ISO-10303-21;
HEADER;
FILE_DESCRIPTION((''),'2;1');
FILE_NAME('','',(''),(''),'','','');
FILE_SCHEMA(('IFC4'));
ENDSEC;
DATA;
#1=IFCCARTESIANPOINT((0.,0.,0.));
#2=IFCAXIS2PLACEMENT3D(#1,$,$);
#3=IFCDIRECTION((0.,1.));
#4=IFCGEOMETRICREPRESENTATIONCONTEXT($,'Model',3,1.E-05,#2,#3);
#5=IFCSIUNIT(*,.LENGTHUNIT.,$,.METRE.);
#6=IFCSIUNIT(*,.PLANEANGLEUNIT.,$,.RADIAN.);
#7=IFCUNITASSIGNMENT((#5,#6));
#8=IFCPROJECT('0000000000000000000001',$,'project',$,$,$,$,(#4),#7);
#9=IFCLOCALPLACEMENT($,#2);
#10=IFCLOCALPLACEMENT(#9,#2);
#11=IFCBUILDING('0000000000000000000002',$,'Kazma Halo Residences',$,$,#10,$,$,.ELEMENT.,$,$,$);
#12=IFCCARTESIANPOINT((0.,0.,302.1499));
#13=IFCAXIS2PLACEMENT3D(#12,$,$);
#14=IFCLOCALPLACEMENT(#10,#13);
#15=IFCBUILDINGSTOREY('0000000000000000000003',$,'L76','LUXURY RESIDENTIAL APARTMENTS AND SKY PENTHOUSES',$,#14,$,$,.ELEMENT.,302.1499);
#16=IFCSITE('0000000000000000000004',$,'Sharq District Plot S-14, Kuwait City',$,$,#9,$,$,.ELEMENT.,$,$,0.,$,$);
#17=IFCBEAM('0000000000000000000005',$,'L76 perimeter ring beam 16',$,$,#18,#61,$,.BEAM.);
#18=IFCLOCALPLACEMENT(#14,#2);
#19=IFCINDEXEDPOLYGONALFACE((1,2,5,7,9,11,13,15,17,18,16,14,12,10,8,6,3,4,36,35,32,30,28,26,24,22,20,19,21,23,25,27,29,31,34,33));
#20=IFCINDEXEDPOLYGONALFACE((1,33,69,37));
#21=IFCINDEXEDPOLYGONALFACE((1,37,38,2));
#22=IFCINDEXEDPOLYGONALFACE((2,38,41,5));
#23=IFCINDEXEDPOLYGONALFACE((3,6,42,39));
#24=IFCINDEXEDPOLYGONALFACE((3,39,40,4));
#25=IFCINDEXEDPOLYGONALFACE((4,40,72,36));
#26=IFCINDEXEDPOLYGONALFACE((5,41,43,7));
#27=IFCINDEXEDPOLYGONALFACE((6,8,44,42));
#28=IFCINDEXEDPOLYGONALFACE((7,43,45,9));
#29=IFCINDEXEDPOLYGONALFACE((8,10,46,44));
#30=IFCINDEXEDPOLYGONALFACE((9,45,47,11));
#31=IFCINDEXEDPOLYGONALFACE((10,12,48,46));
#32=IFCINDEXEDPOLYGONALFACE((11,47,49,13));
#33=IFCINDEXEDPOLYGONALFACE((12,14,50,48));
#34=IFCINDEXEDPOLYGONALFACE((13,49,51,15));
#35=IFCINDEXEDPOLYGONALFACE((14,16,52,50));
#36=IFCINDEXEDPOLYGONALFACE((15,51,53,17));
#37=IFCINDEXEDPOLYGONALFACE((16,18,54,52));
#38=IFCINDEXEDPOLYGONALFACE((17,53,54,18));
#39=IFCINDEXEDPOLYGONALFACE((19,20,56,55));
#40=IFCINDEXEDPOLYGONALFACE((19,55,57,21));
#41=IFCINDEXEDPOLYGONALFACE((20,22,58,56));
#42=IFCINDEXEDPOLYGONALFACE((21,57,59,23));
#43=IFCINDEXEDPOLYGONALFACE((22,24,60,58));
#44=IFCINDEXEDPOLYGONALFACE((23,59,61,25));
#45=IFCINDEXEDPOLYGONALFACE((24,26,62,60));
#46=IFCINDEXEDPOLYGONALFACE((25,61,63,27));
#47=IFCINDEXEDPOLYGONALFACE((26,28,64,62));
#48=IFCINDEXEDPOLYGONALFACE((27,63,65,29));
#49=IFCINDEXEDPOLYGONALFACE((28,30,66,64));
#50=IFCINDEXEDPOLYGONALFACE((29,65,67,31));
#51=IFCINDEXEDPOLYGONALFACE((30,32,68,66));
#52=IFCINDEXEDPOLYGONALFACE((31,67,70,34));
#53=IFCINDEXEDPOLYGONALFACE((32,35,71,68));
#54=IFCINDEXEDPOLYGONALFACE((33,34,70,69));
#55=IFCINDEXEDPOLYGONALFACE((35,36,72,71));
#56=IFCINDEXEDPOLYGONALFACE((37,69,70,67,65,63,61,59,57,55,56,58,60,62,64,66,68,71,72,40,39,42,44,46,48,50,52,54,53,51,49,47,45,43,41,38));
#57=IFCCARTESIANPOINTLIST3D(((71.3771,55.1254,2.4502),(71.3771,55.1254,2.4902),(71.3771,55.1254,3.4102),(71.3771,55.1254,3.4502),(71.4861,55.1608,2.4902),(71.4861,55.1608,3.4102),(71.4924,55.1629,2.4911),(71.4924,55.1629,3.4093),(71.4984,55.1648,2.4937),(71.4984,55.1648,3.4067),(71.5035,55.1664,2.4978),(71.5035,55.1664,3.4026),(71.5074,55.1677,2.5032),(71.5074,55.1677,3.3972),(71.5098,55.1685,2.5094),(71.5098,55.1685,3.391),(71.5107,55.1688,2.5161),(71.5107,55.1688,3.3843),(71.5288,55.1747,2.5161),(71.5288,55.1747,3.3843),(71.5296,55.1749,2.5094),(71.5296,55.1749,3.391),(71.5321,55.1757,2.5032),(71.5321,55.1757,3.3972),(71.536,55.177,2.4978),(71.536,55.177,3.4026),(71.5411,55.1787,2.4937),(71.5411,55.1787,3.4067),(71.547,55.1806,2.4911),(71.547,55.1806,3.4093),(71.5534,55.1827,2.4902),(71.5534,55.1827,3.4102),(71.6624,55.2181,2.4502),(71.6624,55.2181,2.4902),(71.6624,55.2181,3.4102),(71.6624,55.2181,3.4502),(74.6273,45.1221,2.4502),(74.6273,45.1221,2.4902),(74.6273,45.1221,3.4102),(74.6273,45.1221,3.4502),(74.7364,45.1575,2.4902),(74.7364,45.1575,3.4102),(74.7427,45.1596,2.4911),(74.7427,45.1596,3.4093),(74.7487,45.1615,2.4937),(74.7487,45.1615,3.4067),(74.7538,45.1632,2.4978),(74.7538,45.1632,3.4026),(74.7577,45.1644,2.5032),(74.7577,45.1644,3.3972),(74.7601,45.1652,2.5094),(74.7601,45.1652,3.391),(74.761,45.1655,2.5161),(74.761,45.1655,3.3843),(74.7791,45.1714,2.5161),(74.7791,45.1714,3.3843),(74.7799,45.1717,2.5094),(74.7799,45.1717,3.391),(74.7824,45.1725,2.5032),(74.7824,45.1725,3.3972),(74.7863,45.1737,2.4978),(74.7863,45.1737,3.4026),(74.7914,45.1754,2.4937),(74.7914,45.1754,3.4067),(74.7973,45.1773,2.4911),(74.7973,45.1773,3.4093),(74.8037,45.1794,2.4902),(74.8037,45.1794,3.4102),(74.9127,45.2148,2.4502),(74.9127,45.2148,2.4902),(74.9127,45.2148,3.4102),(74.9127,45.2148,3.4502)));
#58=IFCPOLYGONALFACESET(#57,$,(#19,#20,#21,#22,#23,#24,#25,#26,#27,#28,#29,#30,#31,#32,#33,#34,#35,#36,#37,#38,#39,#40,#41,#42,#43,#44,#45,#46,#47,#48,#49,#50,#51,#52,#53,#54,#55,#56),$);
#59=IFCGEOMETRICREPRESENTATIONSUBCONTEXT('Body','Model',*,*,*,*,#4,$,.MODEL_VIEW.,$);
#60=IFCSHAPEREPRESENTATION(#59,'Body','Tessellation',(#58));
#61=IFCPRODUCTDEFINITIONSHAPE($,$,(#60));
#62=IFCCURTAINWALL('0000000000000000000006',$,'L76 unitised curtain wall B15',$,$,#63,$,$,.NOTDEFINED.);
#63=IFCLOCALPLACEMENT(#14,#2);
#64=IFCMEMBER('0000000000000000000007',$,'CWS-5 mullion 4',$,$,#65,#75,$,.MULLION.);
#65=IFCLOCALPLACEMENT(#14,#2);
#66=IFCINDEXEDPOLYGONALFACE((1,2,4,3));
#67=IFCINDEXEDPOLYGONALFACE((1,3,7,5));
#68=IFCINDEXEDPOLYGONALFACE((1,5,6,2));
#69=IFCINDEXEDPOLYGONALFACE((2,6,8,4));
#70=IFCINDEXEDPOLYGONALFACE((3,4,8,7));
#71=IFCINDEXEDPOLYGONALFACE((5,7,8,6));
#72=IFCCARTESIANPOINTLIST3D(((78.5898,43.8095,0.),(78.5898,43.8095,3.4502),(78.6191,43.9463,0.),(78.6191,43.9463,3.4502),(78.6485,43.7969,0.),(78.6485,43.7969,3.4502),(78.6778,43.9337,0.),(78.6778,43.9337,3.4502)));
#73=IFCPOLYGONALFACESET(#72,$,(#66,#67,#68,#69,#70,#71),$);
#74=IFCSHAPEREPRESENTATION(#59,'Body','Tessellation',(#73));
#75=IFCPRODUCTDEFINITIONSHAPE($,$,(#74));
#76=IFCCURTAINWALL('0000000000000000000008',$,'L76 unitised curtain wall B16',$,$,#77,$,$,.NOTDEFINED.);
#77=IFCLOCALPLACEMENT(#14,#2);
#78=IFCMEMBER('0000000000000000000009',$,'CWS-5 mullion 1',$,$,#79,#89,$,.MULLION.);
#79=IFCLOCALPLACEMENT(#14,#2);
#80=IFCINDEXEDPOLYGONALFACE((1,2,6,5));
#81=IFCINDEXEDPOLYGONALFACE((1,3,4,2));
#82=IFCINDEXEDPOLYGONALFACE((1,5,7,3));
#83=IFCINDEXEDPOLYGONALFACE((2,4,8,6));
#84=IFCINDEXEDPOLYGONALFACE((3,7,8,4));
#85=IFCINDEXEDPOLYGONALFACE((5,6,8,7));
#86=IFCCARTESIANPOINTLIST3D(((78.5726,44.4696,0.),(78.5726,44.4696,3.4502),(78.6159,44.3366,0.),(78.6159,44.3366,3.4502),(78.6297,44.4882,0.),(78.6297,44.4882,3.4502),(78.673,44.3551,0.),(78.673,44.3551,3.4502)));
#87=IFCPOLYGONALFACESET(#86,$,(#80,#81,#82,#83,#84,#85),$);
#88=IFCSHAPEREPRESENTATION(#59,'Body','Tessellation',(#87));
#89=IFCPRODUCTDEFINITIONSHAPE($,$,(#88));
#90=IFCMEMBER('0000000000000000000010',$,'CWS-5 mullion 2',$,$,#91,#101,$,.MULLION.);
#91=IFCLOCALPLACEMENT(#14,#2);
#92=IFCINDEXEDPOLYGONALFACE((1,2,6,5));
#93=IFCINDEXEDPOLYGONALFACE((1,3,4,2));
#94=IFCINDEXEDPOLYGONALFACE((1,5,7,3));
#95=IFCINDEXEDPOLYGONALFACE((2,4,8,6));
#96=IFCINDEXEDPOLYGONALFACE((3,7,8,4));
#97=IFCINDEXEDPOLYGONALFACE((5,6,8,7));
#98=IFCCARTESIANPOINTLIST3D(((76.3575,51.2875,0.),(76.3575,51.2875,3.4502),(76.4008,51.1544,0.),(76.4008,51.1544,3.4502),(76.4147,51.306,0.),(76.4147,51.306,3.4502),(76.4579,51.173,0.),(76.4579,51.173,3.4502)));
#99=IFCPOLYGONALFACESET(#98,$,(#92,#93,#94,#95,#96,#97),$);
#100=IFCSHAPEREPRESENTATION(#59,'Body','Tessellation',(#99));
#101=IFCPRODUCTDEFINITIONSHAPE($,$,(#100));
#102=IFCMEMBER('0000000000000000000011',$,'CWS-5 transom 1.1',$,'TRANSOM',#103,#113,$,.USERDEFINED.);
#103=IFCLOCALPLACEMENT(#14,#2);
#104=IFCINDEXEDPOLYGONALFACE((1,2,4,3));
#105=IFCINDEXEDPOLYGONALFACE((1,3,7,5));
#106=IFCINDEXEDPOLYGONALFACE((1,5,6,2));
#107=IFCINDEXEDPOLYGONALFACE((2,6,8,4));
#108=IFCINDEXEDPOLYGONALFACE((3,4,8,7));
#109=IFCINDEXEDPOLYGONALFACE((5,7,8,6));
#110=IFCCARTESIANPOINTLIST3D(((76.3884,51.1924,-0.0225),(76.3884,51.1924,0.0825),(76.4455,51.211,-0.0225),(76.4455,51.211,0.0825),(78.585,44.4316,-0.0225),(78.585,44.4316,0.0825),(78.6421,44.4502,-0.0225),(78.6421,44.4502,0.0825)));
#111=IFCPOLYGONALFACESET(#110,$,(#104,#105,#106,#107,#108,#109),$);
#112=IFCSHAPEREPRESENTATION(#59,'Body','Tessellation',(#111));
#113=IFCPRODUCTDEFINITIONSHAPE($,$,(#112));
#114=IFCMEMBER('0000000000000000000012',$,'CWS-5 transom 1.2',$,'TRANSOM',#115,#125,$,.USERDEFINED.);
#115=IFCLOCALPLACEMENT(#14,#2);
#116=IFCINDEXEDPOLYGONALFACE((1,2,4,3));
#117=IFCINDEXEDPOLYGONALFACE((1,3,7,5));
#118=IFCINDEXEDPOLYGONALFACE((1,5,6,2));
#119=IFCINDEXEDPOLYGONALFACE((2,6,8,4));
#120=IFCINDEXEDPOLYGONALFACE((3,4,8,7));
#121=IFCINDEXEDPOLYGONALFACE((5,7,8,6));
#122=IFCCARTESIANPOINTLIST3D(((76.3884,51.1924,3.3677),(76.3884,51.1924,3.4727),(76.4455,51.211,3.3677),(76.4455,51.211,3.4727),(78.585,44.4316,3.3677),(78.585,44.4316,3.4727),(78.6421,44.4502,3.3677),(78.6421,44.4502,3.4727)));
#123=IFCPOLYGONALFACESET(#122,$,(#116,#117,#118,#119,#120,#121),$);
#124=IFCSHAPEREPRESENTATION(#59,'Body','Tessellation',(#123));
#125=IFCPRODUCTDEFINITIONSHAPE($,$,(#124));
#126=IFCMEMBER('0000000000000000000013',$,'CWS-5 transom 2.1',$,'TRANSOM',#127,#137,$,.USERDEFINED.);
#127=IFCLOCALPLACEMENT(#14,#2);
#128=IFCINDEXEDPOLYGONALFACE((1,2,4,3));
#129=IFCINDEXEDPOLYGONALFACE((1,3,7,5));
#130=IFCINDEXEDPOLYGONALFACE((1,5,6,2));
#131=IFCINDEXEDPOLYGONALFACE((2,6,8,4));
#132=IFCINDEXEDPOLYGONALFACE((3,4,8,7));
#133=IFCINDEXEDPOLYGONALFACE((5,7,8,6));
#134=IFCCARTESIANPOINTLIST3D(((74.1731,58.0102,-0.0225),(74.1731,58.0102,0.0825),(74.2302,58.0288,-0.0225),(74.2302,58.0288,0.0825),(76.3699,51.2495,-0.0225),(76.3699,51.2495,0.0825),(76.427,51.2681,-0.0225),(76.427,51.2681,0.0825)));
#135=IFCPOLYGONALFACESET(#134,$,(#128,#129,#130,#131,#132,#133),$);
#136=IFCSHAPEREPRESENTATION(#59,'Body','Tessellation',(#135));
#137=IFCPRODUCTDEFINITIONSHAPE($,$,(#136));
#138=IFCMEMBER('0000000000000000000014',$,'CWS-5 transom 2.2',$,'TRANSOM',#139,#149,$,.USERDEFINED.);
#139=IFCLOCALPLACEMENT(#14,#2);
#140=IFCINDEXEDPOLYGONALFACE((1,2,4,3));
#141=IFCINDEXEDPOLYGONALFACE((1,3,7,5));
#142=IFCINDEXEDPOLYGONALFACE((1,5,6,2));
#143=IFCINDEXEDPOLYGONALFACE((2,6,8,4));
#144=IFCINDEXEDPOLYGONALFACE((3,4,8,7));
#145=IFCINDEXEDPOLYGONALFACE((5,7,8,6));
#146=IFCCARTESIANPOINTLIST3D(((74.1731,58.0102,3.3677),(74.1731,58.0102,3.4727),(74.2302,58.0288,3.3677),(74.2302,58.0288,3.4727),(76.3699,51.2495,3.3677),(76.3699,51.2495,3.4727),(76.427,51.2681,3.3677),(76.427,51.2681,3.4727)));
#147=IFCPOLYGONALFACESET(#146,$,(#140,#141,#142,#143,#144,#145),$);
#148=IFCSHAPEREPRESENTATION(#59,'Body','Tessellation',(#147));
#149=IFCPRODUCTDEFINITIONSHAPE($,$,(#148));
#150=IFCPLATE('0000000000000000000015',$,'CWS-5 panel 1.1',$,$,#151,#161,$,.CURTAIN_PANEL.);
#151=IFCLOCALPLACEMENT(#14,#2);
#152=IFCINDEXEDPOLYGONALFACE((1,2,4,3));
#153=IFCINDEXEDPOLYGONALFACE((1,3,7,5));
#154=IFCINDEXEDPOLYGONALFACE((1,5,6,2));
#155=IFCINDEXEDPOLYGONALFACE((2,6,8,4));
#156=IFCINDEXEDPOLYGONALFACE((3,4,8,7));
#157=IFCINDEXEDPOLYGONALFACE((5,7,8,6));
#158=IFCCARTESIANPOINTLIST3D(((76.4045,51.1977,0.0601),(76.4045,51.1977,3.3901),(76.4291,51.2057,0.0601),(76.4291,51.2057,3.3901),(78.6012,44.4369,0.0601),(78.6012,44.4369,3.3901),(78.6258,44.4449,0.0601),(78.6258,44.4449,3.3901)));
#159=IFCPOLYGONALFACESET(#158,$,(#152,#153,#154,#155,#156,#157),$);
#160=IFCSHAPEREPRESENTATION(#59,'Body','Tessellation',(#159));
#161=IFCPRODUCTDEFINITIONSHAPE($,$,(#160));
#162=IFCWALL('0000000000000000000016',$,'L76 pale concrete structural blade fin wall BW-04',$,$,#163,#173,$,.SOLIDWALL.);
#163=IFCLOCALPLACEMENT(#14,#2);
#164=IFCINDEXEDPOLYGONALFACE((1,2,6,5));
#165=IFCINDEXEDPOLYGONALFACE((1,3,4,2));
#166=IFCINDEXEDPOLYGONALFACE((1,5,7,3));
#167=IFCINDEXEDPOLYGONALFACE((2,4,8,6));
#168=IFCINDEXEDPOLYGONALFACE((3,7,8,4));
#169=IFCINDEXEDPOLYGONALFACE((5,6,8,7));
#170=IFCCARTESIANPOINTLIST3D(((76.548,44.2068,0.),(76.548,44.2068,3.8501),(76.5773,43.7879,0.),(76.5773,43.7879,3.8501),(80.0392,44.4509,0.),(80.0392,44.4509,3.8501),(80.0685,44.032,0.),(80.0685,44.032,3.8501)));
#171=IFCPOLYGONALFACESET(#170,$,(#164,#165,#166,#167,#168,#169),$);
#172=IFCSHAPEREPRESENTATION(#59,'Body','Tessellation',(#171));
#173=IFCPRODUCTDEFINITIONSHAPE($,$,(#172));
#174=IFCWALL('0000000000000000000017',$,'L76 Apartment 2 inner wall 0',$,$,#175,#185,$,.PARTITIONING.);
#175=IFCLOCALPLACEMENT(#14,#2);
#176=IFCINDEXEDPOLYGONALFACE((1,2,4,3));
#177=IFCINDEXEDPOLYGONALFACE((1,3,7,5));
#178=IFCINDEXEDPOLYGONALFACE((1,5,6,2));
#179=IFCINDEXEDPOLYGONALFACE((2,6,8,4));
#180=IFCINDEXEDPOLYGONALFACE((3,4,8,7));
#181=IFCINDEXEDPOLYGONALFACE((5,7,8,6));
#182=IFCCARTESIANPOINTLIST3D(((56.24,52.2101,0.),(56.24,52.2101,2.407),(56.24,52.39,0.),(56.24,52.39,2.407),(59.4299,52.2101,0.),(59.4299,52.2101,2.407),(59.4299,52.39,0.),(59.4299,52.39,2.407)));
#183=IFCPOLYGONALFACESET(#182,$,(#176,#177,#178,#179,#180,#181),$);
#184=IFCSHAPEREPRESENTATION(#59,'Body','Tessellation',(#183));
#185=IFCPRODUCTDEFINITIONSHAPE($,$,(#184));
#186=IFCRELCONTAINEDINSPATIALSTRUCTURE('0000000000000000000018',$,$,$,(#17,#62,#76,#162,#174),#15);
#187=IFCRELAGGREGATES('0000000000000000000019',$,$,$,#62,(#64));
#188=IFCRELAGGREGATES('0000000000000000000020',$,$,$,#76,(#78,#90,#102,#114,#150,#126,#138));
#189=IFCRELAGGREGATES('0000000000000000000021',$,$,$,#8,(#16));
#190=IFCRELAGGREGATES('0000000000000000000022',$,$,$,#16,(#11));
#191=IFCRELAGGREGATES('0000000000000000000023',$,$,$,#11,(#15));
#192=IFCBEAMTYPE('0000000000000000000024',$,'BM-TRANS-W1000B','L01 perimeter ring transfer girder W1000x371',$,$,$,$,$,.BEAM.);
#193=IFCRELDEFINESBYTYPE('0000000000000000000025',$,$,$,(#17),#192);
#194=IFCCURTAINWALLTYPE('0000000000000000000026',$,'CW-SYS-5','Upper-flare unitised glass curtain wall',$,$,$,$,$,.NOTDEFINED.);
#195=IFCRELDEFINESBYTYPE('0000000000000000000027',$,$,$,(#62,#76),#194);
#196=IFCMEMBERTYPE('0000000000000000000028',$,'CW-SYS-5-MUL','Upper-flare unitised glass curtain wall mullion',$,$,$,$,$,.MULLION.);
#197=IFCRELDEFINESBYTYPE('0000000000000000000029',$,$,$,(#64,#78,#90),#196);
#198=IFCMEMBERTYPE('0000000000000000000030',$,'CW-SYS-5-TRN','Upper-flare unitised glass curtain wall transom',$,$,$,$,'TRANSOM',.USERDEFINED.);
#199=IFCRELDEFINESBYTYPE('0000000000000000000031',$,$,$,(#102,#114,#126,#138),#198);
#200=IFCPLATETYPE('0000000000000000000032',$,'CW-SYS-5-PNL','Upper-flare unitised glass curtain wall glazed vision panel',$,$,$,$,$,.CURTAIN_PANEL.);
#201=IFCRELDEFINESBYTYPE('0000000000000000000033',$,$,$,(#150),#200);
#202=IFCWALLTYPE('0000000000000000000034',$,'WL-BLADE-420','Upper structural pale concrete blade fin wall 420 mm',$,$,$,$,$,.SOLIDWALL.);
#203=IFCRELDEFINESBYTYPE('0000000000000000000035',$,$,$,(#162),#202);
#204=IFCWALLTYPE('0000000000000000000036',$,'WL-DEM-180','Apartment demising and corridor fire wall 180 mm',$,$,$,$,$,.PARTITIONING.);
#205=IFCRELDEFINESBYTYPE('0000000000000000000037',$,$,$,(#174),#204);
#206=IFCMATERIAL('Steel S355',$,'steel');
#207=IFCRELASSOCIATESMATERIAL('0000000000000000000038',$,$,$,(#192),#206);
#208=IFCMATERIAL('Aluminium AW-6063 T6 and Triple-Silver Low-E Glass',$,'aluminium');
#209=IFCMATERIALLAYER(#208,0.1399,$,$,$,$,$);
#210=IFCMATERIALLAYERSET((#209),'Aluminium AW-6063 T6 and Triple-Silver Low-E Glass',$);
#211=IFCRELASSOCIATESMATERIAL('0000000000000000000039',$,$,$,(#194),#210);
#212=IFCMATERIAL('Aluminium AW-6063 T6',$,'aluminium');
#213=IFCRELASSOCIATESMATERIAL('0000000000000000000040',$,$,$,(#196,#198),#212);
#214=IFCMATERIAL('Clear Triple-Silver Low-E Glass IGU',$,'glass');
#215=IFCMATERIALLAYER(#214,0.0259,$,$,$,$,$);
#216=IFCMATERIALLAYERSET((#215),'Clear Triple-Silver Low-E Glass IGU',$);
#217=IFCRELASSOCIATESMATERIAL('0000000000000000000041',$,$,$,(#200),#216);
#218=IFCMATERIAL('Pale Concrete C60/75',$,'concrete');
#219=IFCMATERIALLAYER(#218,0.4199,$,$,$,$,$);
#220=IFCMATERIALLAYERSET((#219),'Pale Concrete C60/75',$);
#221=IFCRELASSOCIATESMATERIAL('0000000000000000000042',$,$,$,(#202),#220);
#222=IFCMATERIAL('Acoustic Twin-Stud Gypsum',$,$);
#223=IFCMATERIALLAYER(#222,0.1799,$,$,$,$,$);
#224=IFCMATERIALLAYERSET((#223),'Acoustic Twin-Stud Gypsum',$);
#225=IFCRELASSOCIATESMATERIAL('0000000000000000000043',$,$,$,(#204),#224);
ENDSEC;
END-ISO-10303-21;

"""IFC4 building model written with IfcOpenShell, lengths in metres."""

from ifc_helpers import new_model, si_unit, direction, frame, frame_2d, origin, origin_2d, place, context, subcontext, project, spatial, rectangle, i_section, extrude, material, layer, layer_set, material_profile, profile_set, type_object, element, aggregate, save


model = new_model("IFC4")

# Units and contexts
model_context = context("Model", 3, precision=1e-05, world=origin(), true_north=direction((0.0, 1.0)))
body_context = subcontext(model_context, "Body", "Model", "MODEL_VIEW")
ifc_project = project(units=[si_unit("LENGTHUNIT", "METRE"), si_unit("PLANEANGLEUNIT", "RADIAN")], contexts=[model_context])

# Site, building, storey
site_placement = place(None, origin())
site = spatial("IfcSite", under=ifc_project, at=site_placement, Name="Sharq District Plot S-14, Kuwait City", CompositionType="ELEMENT", RefElevation=0.0)
building_placement = place(site_placement, origin())
building = spatial("IfcBuilding", under=site, at=building_placement, Name="Kazma Halo Residences", CompositionType="ELEMENT")
storey_placement = place(building_placement, frame((0.0, 0.0, 302.1499)))
storey = spatial("IfcBuildingStorey", under=building, at=storey_placement, Name="L76", Description="LUXURY RESIDENTIAL APARTMENTS AND SKY PENTHOUSES", CompositionType="ELEMENT", Elevation=302.1499)

# Beam
ifc_material_1 = material(Name="Steel S355", Category="steel")
ifc_material_profile_1 = material_profile(ifc_material_1, i_section(OverallWidth=0.3, OverallDepth=1.0, WebThickness=0.019, FlangeThickness=0.04, FilletRadius=0.0259, at=origin_2d()), Name="W1000x371")
ifc_profile_set_1 = profile_set([ifc_material_profile_1], Name="Steel S355")
beam_type_1 = type_object("IfcBeamType", Name="BM-TRANS-W1000B", Description="L01 perimeter ring transfer girder W1000x371", PredefinedType="BEAM", material=ifc_profile_set_1)
beam_1_placement = place(storey_placement, frame((74.77, 45.1685, 2.9502), z_axis=(-0.309018, 0.951056, 0.0), x_axis=(-0.951056, -0.309018, 0.0)))
element("IfcBeam", 1, at=beam_1_placement, inside=storey, type_object=beam_type_1, Name="L76 perimeter ring beam 16", PredefinedType="BEAM", context=body_context, shape_type="SweptSolid", body=[
    extrude(i_section(OverallWidth=0.3, OverallDepth=1.0, WebThickness=0.019, FlangeThickness=0.04, FilletRadius=0.0259, at=origin_2d()), origin(), (0.0, 0.0, 1.0), 10.5181),
])

# Curtain wall, member
ifc_material_2 = material(Name="Aluminium AW-6063 T6 and Triple-Silver Low-E Glass", Category="aluminium")
ifc_layer_1 = layer(ifc_material_2, 0.1399)
ifc_layer_set_1 = layer_set([ifc_layer_1], Name="Aluminium AW-6063 T6 and Triple-Silver Low-E Glass")
curtain_wall_type = type_object("IfcCurtainWallType", Name="CW-SYS-5", Description="Upper-flare unitised glass curtain wall", PredefinedType="NOTDEFINED", material=ifc_layer_set_1)
curtain_wall_1_placement = place(storey_placement, origin())
curtain_wall_1 = element("IfcCurtainWall", 2, at=curtain_wall_1_placement, inside=storey, type_object=curtain_wall_type, Name="L76 unitised curtain wall B15", PredefinedType="NOTDEFINED")
ifc_material_3 = material(Name="Aluminium AW-6063 T6", Category="aluminium")
ifc_material_profile_2 = material_profile(ifc_material_3, rectangle(XDim=0.0601, YDim=0.1399, at=origin_2d()), Name="CWM-60x140")
ifc_profile_set_2 = profile_set([ifc_material_profile_2], Name="Aluminium AW-6063 T6")
member_type_1 = type_object("IfcMemberType", Name="CW-SYS-5-MUL", Description="Upper-flare unitised glass curtain wall mullion", PredefinedType="MULLION", material=ifc_profile_set_2)
member_1_placement = place(storey_placement, frame((78.6338, 43.8716, 0.0), z_axis=(0.0, 0.0, 1.0), x_axis=(-0.977775, 0.209657, 0.0)))
member_1 = element("IfcMember", 3, at=member_1_placement, type_object=member_type_1, Name="CWS-5 mullion 4", PredefinedType="MULLION", context=body_context, shape_type="SweptSolid", body=[
    extrude(rectangle(XDim=0.0601, YDim=0.1399, at=origin_2d()), origin(), (0.0, 0.0, 1.0), 3.4502),
])
aggregate(curtain_wall_1, [member_1])

# Curtain wall, members, plate
curtain_wall_2_placement = place(storey_placement, origin())
curtain_wall_2 = element("IfcCurtainWall", 4, at=curtain_wall_2_placement, inside=storey, type_object=curtain_wall_type, Name="L76 unitised curtain wall B16", PredefinedType="NOTDEFINED")
member_2_placement = place(storey_placement, frame((78.6228, 44.4124, 0.0), z_axis=(0.0, 0.0, 1.0), x_axis=(-0.951058, -0.309011, 0.0)))
member_2 = element("IfcMember", 5, at=member_2_placement, type_object=member_type_1, Name="CWS-5 mullion 1", PredefinedType="MULLION", context=body_context, shape_type="SweptSolid", body=[
    extrude(rectangle(XDim=0.0601, YDim=0.1399, at=origin_2d()), origin(), (0.0, 0.0, 1.0), 3.4502),
])
member_3_placement = place(storey_placement, frame((76.4077, 51.2302, 0.0), z_axis=(0.0, 0.0, 1.0), x_axis=(-0.951058, -0.309011, 0.0)))
member_3 = element("IfcMember", 6, at=member_3_placement, type_object=member_type_1, Name="CWS-5 mullion 2", PredefinedType="MULLION", context=body_context, shape_type="SweptSolid", body=[
    extrude(rectangle(XDim=0.0601, YDim=0.1399, at=origin_2d()), origin(), (0.0, 0.0, 1.0), 3.4502),
])
ifc_material_profile_3 = material_profile(ifc_material_3, rectangle(XDim=0.0601, YDim=0.105, at=origin_2d()), Name="CWT-60x105")
ifc_profile_set_3 = profile_set([ifc_material_profile_3], Name="Aluminium AW-6063 T6")
member_type_2 = type_object("IfcMemberType", Name="CW-SYS-5-TRN", Description="Upper-flare unitised glass curtain wall transom", ElementType="TRANSOM", PredefinedType="USERDEFINED", material=ifc_profile_set_3)
member_4_placement = place(storey_placement, frame((78.6135, 44.4409, 0.03), z_axis=(-0.308996, 0.951063, 0.0), x_axis=(-0.951063, -0.308996, 0.0)))
member_4 = element("IfcMember", 7, at=member_4_placement, type_object=member_type_2, Name="CWS-5 transom 1.1", ObjectType="TRANSOM", PredefinedType="USERDEFINED", context=body_context, shape_type="SweptSolid", body=[
    extrude(rectangle(XDim=0.0601, YDim=0.105, at=origin_2d()), origin(), (0.0, 0.0, 1.0), 7.1086),
])
member_5_placement = place(storey_placement, frame((78.6135, 44.4409, 3.4202), z_axis=(-0.308996, 0.951063, 0.0), x_axis=(-0.951063, -0.308996, 0.0)))
member_5 = element("IfcMember", 8, at=member_5_placement, type_object=member_type_2, Name="CWS-5 transom 1.2", ObjectType="TRANSOM", PredefinedType="USERDEFINED", context=body_context, shape_type="SweptSolid", body=[
    extrude(rectangle(XDim=0.0601, YDim=0.105, at=origin_2d()), origin(), (0.0, 0.0, 1.0), 7.1086),
])
member_6_placement = place(storey_placement, frame((76.3984, 51.2588, 0.03), z_axis=(-0.309027, 0.951053, 0.0), x_axis=(-0.951053, -0.309027, 0.0)))
member_6 = element("IfcMember", 9, at=member_6_placement, type_object=member_type_2, Name="CWS-5 transom 2.1", ObjectType="TRANSOM", PredefinedType="USERDEFINED", context=body_context, shape_type="SweptSolid", body=[
    extrude(rectangle(XDim=0.0601, YDim=0.105, at=origin_2d()), origin(), (0.0, 0.0, 1.0), 7.1086),
])
member_7_placement = place(storey_placement, frame((76.3984, 51.2588, 3.4202), z_axis=(-0.309027, 0.951053, 0.0), x_axis=(-0.951053, -0.309027, 0.0)))
member_7 = element("IfcMember", 10, at=member_7_placement, type_object=member_type_2, Name="CWS-5 transom 2.2", ObjectType="TRANSOM", PredefinedType="USERDEFINED", context=body_context, shape_type="SweptSolid", body=[
    extrude(rectangle(XDim=0.0601, YDim=0.105, at=origin_2d()), origin(), (0.0, 0.0, 1.0), 7.1086),
])
ifc_material_4 = material(Name="Clear Triple-Silver Low-E Glass IGU", Category="glass")
ifc_layer_2 = layer(ifc_material_4, 0.0259)
ifc_layer_set_2 = layer_set([ifc_layer_2], Name="Clear Triple-Silver Low-E Glass IGU")
plate_type = type_object("IfcPlateType", Name="CW-SYS-5-PNL", Description="Upper-flare unitised glass curtain wall glazed vision panel", PredefinedType="CURTAIN_PANEL", material=ifc_layer_set_2)
plate_placement = place(storey_placement, frame((77.5151, 47.8213, 0.0601), z_axis=(0.0, 0.0, 1.0), x_axis=(-0.309011, 0.951058, 0.0)))
plate = element("IfcPlate", 11, at=plate_placement, type_object=plate_type, Name="CWS-5 panel 1.1", PredefinedType="CURTAIN_PANEL", context=body_context, shape_type="SweptSolid", body=[
    extrude(rectangle(XDim=7.1086, YDim=0.0259, at=origin_2d()), origin(), (0.0, 0.0, 1.0), 3.3301),
])
aggregate(curtain_wall_2, [member_2, member_3, member_4, member_5, plate, member_6, member_7])

# Walls
ifc_material_5 = material(Name="Pale Concrete C60/75", Category="concrete")
ifc_layer_3 = layer(ifc_material_5, 0.4199)
ifc_layer_set_3 = layer_set([ifc_layer_3], Name="Pale Concrete C60/75")
wall_type_1 = type_object("IfcWallType", Name="WL-BLADE-420", Description="Upper structural pale concrete blade fin wall 420 mm", PredefinedType="SOLIDWALL", material=ifc_layer_set_3)
wall_1_placement = place(storey_placement, frame((76.5625, 43.9973, 0.0), z_axis=(0.0, 0.0, 1.0), x_axis=(0.997564, 0.06976, 0.0)))
element("IfcWall", 12, at=wall_1_placement, inside=storey, type_object=wall_type_1, Name="L76 pale concrete structural blade fin wall BW-04", PredefinedType="SOLIDWALL", context=body_context, shape_type="SweptSolid", body=[
    extrude(rectangle(XDim=3.4998, YDim=0.4199, at=frame_2d((1.75, 0.0))), origin(), (0.0, 0.0, 1.0), 3.8501),
])
ifc_material_6 = material(Name="Acoustic Twin-Stud Gypsum")
ifc_layer_4 = layer(ifc_material_6, 0.1799)
ifc_layer_set_4 = layer_set([ifc_layer_4], Name="Acoustic Twin-Stud Gypsum")
wall_type_2 = type_object("IfcWallType", Name="WL-DEM-180", Description="Apartment demising and corridor fire wall 180 mm", PredefinedType="PARTITIONING", material=ifc_layer_set_4)
wall_2_placement = place(storey_placement, frame((59.4299, 52.3, 0.0), z_axis=(0.0, 0.0, 1.0), x_axis=(-1.0, 0.0, 0.0)))
element("IfcWall", 13, at=wall_2_placement, inside=storey, type_object=wall_type_2, Name="L76 Apartment 2 inner wall 0", PredefinedType="PARTITIONING", context=body_context, shape_type="SweptSolid", body=[
    extrude(rectangle(XDim=3.1899, YDim=0.1799, at=frame_2d((1.595, 0.0))), origin(), (0.0, 0.0, 1.0), 2.407),
])

save(model, "model.ifc")
